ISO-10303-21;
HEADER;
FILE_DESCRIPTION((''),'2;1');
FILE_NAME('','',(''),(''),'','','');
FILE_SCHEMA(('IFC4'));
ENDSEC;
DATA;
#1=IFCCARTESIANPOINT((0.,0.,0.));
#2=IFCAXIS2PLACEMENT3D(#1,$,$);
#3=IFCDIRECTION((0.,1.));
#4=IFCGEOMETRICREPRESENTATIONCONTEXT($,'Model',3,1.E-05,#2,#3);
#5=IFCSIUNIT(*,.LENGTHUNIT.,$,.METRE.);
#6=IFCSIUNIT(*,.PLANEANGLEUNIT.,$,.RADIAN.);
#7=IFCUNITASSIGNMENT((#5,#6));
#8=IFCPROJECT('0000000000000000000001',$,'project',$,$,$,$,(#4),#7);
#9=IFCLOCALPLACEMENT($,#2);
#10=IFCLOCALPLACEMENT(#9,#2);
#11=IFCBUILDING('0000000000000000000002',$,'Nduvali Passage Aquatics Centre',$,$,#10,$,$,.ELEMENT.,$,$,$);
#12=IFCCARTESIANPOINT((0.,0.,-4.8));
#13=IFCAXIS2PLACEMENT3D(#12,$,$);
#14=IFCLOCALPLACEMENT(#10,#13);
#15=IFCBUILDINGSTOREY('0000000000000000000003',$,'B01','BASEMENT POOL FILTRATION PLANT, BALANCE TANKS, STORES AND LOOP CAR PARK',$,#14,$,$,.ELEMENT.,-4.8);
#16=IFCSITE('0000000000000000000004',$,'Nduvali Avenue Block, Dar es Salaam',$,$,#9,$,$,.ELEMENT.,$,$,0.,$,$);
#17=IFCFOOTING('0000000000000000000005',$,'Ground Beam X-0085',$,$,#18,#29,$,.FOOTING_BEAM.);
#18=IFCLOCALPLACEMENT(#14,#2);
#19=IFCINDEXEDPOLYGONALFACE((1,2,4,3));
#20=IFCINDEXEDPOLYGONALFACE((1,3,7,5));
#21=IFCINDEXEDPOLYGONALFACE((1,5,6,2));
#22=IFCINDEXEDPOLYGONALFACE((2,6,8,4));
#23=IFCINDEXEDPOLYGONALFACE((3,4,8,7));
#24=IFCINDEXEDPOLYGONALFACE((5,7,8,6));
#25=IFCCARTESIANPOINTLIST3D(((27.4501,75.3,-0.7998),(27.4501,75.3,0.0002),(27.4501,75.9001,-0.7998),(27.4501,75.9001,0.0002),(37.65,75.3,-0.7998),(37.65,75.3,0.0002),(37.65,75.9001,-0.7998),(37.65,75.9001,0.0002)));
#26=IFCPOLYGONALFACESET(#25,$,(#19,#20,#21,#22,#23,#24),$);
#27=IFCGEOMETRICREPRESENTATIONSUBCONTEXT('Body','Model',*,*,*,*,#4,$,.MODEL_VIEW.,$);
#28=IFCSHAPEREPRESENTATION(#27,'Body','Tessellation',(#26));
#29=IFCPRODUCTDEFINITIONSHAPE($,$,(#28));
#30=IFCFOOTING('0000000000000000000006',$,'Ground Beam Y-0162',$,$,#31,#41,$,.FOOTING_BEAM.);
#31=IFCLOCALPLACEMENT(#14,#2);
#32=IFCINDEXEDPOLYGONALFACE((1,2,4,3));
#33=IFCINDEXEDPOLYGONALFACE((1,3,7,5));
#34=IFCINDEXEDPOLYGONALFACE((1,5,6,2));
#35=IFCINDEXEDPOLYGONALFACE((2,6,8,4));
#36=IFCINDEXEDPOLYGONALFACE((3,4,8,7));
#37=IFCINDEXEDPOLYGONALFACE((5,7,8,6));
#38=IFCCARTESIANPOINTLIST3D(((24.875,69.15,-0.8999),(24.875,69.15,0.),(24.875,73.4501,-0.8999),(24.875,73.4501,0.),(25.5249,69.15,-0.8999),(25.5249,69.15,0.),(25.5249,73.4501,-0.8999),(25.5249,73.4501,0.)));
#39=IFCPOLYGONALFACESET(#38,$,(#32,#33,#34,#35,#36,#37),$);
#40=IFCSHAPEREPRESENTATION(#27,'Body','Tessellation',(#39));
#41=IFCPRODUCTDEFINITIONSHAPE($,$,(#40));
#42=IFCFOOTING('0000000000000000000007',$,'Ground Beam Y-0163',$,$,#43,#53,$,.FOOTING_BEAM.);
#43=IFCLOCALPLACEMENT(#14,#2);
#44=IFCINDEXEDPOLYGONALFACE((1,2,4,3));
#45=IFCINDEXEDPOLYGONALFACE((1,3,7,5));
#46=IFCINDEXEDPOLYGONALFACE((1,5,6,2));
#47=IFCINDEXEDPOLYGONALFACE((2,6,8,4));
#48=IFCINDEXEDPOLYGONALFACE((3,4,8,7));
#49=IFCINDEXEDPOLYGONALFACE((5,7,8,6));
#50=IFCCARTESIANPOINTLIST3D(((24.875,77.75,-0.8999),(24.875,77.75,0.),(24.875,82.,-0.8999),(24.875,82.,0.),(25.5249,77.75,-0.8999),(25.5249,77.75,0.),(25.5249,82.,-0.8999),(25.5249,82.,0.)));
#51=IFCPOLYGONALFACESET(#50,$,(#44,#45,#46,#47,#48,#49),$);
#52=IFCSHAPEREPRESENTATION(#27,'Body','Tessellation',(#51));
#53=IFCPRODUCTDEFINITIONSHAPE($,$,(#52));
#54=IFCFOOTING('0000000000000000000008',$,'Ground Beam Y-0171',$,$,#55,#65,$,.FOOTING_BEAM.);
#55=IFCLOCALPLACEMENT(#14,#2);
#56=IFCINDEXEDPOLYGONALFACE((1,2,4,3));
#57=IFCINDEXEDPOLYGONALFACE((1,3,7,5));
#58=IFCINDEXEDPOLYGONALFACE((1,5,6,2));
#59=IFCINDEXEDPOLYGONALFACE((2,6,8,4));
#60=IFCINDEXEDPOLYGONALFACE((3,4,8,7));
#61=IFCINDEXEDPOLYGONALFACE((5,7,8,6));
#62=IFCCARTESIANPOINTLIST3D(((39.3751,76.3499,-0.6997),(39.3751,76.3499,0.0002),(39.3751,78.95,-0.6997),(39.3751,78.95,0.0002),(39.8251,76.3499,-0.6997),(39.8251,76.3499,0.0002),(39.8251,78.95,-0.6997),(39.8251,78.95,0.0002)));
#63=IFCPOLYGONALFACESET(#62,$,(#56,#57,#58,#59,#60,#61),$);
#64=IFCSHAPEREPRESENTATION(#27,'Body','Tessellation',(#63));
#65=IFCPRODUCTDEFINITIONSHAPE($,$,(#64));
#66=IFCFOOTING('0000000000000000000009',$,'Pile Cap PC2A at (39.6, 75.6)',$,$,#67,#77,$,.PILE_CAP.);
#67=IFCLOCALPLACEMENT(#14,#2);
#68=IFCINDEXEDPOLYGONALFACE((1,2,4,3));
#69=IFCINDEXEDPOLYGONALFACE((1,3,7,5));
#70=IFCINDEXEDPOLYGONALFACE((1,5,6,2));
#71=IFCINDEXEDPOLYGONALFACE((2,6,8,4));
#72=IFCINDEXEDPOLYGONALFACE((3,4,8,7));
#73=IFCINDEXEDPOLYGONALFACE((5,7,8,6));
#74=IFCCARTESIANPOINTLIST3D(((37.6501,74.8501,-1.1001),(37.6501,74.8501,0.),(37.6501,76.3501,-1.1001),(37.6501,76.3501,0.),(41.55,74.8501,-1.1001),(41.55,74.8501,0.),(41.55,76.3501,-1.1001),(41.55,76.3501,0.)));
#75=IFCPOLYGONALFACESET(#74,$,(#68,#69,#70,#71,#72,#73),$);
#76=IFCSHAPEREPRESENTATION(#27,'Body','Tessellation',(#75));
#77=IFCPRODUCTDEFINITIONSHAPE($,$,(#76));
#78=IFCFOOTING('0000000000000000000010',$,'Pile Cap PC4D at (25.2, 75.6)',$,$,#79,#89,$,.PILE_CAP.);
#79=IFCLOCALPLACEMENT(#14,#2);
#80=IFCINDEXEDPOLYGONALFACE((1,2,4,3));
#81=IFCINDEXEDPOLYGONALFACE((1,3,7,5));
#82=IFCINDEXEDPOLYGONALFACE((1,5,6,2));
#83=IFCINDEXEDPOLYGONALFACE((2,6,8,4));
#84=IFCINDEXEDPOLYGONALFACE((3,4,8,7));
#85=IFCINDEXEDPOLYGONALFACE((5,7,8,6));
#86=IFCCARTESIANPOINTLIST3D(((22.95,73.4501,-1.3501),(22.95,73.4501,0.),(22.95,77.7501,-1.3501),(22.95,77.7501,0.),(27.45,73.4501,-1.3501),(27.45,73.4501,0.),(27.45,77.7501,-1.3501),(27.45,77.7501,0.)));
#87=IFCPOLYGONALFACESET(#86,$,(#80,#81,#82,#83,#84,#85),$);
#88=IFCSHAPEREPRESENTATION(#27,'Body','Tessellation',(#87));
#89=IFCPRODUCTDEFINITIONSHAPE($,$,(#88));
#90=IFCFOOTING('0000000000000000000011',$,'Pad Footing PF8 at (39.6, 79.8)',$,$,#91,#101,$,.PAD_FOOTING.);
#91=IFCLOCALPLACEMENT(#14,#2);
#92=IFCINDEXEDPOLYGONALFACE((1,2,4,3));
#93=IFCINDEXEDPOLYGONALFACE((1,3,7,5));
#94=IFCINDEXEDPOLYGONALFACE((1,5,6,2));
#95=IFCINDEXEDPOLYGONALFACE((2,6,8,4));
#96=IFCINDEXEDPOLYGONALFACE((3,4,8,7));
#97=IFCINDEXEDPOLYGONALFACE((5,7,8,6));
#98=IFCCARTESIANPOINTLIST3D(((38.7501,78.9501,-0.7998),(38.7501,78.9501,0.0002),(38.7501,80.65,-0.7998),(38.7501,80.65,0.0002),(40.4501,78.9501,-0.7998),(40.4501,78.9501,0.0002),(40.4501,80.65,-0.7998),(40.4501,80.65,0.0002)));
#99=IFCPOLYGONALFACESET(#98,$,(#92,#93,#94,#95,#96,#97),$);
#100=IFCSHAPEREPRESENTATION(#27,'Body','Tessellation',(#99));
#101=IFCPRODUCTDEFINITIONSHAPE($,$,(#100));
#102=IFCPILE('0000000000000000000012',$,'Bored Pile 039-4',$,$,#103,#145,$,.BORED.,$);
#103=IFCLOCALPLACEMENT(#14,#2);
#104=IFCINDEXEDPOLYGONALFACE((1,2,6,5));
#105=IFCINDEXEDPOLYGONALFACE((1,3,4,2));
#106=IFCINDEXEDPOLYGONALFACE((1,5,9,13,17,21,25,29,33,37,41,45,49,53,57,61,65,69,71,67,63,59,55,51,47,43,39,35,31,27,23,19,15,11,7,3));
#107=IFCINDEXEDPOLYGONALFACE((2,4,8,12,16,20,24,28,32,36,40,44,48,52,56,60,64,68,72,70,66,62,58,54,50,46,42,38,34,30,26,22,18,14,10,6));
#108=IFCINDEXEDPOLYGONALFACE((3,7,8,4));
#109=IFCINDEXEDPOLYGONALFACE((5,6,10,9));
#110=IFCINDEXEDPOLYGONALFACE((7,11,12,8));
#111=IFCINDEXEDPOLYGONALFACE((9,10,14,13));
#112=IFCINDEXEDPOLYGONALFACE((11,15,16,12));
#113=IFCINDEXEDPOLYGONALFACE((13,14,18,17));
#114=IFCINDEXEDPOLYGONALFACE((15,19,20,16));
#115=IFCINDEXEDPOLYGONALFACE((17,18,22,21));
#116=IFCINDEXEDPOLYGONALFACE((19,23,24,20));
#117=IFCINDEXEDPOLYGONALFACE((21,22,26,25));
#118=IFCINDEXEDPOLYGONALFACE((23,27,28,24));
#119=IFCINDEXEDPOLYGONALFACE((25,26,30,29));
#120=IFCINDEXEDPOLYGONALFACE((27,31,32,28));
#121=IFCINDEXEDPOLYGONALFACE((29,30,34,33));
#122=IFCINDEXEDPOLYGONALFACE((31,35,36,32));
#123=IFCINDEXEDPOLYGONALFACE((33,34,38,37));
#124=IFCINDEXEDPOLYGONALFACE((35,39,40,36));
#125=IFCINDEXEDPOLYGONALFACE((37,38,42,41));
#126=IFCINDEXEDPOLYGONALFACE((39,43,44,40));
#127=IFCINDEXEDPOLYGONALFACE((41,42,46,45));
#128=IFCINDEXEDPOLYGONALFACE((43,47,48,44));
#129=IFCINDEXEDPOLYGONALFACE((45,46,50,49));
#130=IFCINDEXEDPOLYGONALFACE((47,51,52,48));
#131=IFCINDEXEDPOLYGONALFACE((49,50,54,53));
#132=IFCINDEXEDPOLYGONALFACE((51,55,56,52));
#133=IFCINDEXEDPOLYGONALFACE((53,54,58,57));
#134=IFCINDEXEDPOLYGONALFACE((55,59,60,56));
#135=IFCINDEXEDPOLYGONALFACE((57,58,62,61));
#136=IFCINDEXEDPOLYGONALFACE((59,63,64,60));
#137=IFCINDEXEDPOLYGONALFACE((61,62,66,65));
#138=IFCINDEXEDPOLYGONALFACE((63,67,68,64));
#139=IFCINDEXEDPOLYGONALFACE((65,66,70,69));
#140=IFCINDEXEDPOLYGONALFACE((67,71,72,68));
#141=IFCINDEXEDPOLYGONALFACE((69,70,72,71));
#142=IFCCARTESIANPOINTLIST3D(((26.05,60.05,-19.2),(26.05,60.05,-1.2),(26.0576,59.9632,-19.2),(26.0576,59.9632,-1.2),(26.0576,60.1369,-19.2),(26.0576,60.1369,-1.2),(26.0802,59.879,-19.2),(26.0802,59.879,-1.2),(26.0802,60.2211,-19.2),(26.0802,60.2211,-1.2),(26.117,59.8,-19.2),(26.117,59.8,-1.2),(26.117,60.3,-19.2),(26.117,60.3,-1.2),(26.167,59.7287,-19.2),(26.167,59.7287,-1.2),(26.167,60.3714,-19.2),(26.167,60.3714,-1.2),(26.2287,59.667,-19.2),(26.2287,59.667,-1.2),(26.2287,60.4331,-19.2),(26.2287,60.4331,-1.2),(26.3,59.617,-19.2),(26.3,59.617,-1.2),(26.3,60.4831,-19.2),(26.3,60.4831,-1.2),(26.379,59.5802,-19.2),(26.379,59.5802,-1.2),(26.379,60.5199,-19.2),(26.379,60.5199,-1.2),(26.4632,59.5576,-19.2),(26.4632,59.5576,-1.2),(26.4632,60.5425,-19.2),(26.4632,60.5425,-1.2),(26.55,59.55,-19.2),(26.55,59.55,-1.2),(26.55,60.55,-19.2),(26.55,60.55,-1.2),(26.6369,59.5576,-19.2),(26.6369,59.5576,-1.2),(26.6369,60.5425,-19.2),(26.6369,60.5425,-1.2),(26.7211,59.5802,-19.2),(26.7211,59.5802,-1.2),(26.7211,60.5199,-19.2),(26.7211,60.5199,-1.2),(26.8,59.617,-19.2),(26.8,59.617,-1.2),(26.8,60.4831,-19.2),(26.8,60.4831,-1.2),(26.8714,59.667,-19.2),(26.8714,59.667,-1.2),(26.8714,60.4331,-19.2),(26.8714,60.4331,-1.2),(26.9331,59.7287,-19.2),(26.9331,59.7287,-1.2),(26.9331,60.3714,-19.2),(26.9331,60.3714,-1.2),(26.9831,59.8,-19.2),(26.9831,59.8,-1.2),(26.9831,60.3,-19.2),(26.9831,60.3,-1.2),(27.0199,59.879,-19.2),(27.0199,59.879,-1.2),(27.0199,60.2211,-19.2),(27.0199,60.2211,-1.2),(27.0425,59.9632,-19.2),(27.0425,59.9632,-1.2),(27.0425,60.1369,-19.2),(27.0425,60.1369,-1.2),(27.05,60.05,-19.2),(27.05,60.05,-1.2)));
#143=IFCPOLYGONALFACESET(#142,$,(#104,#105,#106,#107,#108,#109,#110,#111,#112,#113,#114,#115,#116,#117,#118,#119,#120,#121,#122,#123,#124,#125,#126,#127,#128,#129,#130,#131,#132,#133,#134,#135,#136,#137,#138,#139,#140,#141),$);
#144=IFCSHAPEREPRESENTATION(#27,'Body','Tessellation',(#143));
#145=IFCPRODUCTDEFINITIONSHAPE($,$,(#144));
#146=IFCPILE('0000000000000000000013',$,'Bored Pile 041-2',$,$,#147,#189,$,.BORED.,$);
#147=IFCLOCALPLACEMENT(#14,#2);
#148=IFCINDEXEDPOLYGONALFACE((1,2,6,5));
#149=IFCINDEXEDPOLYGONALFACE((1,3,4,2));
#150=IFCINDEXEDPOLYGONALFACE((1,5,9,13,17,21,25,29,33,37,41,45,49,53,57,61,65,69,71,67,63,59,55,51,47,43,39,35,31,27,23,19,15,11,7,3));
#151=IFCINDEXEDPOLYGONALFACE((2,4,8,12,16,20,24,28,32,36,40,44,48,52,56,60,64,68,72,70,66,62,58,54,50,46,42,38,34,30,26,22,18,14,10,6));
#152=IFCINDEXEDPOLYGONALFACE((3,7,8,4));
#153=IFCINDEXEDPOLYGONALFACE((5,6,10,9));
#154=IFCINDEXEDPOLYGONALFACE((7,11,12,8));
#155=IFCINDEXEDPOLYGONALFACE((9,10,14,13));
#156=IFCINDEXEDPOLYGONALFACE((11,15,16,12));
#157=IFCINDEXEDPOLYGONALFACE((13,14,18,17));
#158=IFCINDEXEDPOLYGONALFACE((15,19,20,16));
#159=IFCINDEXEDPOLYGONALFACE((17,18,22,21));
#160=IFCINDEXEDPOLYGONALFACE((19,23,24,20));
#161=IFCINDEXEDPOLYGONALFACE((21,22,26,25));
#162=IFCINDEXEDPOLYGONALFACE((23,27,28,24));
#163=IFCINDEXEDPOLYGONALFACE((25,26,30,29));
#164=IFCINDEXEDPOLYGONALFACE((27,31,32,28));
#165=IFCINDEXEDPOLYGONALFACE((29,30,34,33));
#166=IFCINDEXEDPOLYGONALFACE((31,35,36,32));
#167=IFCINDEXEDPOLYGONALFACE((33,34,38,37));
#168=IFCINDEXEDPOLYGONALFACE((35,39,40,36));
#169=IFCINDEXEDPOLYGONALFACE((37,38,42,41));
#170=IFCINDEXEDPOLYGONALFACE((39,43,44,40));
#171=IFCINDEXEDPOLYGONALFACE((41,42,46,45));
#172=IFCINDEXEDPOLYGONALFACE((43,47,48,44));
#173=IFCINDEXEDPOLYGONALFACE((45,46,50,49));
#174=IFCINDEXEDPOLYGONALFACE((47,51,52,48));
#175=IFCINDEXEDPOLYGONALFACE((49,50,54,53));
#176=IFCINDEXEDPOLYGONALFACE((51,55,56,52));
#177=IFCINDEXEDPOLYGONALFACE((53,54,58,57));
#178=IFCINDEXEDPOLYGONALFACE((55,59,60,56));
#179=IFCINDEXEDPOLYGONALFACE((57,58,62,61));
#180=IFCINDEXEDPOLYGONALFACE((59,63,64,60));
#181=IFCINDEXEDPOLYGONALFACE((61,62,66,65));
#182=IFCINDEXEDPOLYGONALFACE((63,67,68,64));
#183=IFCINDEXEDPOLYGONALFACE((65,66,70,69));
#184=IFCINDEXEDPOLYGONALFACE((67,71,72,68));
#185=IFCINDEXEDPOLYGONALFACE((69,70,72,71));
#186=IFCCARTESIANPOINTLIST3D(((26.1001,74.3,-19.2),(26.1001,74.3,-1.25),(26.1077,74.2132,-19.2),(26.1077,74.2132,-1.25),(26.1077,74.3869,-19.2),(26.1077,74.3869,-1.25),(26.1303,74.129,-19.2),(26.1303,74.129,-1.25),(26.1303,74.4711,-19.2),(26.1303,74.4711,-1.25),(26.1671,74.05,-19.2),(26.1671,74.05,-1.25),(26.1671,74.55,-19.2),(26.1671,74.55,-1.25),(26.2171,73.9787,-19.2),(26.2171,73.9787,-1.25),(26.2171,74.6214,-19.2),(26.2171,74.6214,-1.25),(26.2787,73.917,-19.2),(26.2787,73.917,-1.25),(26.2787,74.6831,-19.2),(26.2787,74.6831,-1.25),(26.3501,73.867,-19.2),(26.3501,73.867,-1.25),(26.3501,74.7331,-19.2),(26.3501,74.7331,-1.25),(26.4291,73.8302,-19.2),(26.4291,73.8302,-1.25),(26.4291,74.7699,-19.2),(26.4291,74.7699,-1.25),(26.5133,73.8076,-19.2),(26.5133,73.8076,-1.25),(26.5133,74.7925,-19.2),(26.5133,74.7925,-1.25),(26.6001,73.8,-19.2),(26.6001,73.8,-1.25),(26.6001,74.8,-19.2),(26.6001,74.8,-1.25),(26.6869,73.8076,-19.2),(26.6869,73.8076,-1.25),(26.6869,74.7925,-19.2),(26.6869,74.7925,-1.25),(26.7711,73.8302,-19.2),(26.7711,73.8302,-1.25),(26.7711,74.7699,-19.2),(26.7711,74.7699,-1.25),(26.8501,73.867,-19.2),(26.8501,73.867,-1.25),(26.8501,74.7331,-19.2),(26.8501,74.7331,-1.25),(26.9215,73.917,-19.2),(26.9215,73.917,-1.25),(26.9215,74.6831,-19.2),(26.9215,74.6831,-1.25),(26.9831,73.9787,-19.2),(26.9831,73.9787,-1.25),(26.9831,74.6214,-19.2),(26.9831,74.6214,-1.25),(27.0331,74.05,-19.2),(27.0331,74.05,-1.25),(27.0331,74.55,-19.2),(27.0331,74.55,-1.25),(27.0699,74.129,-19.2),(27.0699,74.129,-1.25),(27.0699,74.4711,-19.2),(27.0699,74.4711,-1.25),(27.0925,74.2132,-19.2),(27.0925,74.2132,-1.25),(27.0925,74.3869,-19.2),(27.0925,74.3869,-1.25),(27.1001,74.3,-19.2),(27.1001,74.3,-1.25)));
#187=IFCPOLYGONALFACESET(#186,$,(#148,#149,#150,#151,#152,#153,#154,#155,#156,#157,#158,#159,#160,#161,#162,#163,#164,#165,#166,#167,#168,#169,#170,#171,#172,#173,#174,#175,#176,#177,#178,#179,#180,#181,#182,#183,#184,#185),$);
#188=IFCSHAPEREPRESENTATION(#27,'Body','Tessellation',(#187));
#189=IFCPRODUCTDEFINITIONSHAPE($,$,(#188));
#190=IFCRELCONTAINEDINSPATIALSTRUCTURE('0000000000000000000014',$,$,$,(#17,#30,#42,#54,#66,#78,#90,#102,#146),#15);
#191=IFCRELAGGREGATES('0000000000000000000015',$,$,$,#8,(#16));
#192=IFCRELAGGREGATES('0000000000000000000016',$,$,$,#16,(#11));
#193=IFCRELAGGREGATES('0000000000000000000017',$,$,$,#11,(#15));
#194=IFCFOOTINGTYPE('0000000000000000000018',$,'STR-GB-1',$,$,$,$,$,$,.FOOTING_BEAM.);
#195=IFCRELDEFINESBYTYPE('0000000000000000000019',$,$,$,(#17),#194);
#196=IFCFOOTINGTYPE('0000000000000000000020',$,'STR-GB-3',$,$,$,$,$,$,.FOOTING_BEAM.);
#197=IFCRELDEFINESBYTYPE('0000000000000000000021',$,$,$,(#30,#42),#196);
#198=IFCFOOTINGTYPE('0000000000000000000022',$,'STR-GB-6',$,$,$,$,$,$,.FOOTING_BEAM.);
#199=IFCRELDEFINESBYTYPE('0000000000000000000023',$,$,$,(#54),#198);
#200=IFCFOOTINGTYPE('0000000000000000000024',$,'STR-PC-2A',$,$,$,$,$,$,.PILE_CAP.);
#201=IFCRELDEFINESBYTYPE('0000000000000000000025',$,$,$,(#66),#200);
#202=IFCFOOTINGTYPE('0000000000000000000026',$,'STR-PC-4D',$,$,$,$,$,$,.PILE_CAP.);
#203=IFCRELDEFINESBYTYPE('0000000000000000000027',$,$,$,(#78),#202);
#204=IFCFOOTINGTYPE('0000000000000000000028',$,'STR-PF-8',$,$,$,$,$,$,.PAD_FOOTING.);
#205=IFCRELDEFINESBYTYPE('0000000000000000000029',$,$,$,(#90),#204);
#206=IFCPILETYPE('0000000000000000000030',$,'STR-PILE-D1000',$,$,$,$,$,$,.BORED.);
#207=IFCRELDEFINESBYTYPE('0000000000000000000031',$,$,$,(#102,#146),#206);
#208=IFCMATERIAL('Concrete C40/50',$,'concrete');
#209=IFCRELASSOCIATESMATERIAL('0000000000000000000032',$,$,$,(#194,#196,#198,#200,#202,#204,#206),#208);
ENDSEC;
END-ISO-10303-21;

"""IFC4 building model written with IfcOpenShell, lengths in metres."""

from ifc_helpers import new_model, si_unit, direction, frame, origin, origin_2d, place, context, subcontext, project, spatial, rectangle, circle, extrude, material, material_profile, profile_set, type_object, element, save


model = new_model("IFC4")

# Units and contexts
model_context = context("Model", 3, precision=1e-05, world=origin(), true_north=direction((0.0, 1.0)))
body_context = subcontext(model_context, "Body", "Model", "MODEL_VIEW")
ifc_project = project(units=[si_unit("LENGTHUNIT", "METRE"), si_unit("PLANEANGLEUNIT", "RADIAN")], contexts=[model_context])

# Site, building, storey
site_placement = place(None, origin())
site = spatial("IfcSite", under=ifc_project, at=site_placement, Name="Nduvali Avenue Block, Dar es Salaam", CompositionType="ELEMENT", RefElevation=0.0)
building_placement = place(site_placement, origin())
building = spatial("IfcBuilding", under=site, at=building_placement, Name="Nduvali Passage Aquatics Centre", CompositionType="ELEMENT")
storey_placement = place(building_placement, frame((0.0, 0.0, -4.8)))
storey = spatial("IfcBuildingStorey", under=building, at=storey_placement, Name="B01", Description="BASEMENT POOL FILTRATION PLANT, BALANCE TANKS, STORES AND LOOP CAR PARK", CompositionType="ELEMENT", Elevation=-4.8)

# Footings
ifc_material_1 = material(Name="Concrete C40/50", Category="concrete")
footing_type_1 = type_object("IfcFootingType", Name="STR-GB-1", PredefinedType="FOOTING_BEAM", material=ifc_material_1)
footing_1_placement = place(storey_placement, frame((32.55, 75.6001, -0.7998), z_axis=(0.0, 0.0, 1.0), x_axis=(1.0, 0.0, 0.0)))
element("IfcFooting", 1, at=footing_1_placement, inside=storey, type_object=footing_type_1, Name="Ground Beam X-0085", PredefinedType="FOOTING_BEAM", context=body_context, shape_type="SweptSolid", body=[
    extrude(rectangle(XDim=10.2, YDim=0.6001, at=origin_2d()), origin(), (0.0, 0.0, 1.0), 0.8),
])
footing_type_2 = type_object("IfcFootingType", Name="STR-GB-3", PredefinedType="FOOTING_BEAM", material=ifc_material_1)
footing_2_placement = place(storey_placement, frame((25.2, 71.3, -0.8999), z_axis=(0.0, 0.0, 1.0), x_axis=(0.0, 1.0, 0.0)))
element("IfcFooting", 2, at=footing_2_placement, inside=storey, type_object=footing_type_2, Name="Ground Beam Y-0162", PredefinedType="FOOTING_BEAM", context=body_context, shape_type="SweptSolid", body=[
    extrude(rectangle(XDim=4.3, YDim=0.6499, at=origin_2d()), origin(), (0.0, 0.0, 1.0), 0.8999),
])
footing_3_placement = place(storey_placement, frame((25.2, 79.875, -0.8999), z_axis=(0.0, 0.0, 1.0), x_axis=(0.0, 1.0, 0.0)))
element("IfcFooting", 3, at=footing_3_placement, inside=storey, type_object=footing_type_2, Name="Ground Beam Y-0163", PredefinedType="FOOTING_BEAM", context=body_context, shape_type="SweptSolid", body=[
    extrude(rectangle(XDim=4.25, YDim=0.6499, at=origin_2d()), origin(), (0.0, 0.0, 1.0), 0.8999),
])
footing_type_3 = type_object("IfcFootingType", Name="STR-GB-6", PredefinedType="FOOTING_BEAM", material=ifc_material_1)
footing_4_placement = place(storey_placement, frame((39.6001, 77.6499, -0.6997), z_axis=(0.0, 0.0, 1.0), x_axis=(0.0, 1.0, 0.0)))
element("IfcFooting", 4, at=footing_4_placement, inside=storey, type_object=footing_type_3, Name="Ground Beam Y-0171", PredefinedType="FOOTING_BEAM", context=body_context, shape_type="SweptSolid", body=[
    extrude(rectangle(XDim=2.6001, YDim=0.45, at=origin_2d()), origin(), (0.0, 0.0, 1.0), 0.7),
])
footing_type_4 = type_object("IfcFootingType", Name="STR-PC-2A", PredefinedType="PILE_CAP", material=ifc_material_1)
footing_5_placement = place(storey_placement, frame((39.6001, 75.6001, -1.1001), z_axis=(0.0, 0.0, 1.0), x_axis=(1.0, 0.0, 0.0)))
element("IfcFooting", 5, at=footing_5_placement, inside=storey, type_object=footing_type_4, Name="Pile Cap PC2A at (39.6, 75.6)", PredefinedType="PILE_CAP", context=body_context, shape_type="SweptSolid", body=[
    extrude(rectangle(XDim=3.8999, YDim=1.5, at=origin_2d()), origin(), (0.0, 0.0, 1.0), 1.1001),
])
footing_type_5 = type_object("IfcFootingType", Name="STR-PC-4D", PredefinedType="PILE_CAP", material=ifc_material_1)
footing_6_placement = place(storey_placement, frame((25.2, 75.6001, -1.3501), z_axis=(0.0, 0.0, 1.0), x_axis=(1.0, 0.0, 0.0)))
element("IfcFooting", 6, at=footing_6_placement, inside=storey, type_object=footing_type_5, Name="Pile Cap PC4D at (25.2, 75.6)", PredefinedType="PILE_CAP", context=body_context, shape_type="SweptSolid", body=[
    extrude(rectangle(XDim=4.5, YDim=4.3, at=origin_2d()), origin(), (0.0, 0.0, 1.0), 1.3501),
])
footing_type_6 = type_object("IfcFootingType", Name="STR-PF-8", PredefinedType="PAD_FOOTING", material=ifc_material_1)
footing_7_placement = place(storey_placement, frame((39.6001, 79.8, -0.7998), z_axis=(0.0, 0.0, 1.0), x_axis=(1.0, 0.0, 0.0)))
element("IfcFooting", 7, at=footing_7_placement, inside=storey, type_object=footing_type_6, Name="Pad Footing PF8 at (39.6, 79.8)", PredefinedType="PAD_FOOTING", context=body_context, shape_type="SweptSolid", body=[
    extrude(rectangle(XDim=1.7, YDim=1.7, at=origin_2d()), origin(), (0.0, 0.0, 1.0), 0.8),
])

# Piles
ifc_material_profile_1 = material_profile(ifc_material_1, circle(Radius=0.5, at=origin_2d()), Name="PILE D1000")
ifc_profile_set_1 = profile_set([ifc_material_profile_1], Name="Concrete C40/50")
pile_type_1 = type_object("IfcPileType", Name="STR-PILE-D1000", PredefinedType="BORED", material=ifc_profile_set_1)
pile_placement = place(storey_placement, frame((26.55, 60.05, -1.2), z_axis=(0.0, 0.0, -1.0), x_axis=(1.0, 0.0, 0.0)))
element("IfcPile", 8, at=pile_placement, inside=storey, type_object=pile_type_1, Name="Bored Pile 039-4", PredefinedType="BORED", context=body_context, shape_type="SweptSolid", body=[
    extrude(circle(Radius=0.5, at=origin_2d()), origin(), (0.0, 0.0, 1.0), 18.0),
])
for number, where, z_axis, x_axis, name in (
    (9, (26.6001, 74.3, -1.25), (0.0, 0.0, -1.0), (1.0, 0.0, 0.0), "Bored Pile 041-2"),
):
    element("IfcPile", number, at=place(storey_placement, frame(where, z_axis=z_axis, x_axis=x_axis)), inside=storey, type_object=pile_type_1, Name=name, PredefinedType="BORED", context=body_context, shape_type="SweptSolid", body=[
        extrude(circle(Radius=0.5, at=origin_2d()), origin(), (0.0, 0.0, 1.0), 17.95),
    ])

save(model, "model.ifc")
